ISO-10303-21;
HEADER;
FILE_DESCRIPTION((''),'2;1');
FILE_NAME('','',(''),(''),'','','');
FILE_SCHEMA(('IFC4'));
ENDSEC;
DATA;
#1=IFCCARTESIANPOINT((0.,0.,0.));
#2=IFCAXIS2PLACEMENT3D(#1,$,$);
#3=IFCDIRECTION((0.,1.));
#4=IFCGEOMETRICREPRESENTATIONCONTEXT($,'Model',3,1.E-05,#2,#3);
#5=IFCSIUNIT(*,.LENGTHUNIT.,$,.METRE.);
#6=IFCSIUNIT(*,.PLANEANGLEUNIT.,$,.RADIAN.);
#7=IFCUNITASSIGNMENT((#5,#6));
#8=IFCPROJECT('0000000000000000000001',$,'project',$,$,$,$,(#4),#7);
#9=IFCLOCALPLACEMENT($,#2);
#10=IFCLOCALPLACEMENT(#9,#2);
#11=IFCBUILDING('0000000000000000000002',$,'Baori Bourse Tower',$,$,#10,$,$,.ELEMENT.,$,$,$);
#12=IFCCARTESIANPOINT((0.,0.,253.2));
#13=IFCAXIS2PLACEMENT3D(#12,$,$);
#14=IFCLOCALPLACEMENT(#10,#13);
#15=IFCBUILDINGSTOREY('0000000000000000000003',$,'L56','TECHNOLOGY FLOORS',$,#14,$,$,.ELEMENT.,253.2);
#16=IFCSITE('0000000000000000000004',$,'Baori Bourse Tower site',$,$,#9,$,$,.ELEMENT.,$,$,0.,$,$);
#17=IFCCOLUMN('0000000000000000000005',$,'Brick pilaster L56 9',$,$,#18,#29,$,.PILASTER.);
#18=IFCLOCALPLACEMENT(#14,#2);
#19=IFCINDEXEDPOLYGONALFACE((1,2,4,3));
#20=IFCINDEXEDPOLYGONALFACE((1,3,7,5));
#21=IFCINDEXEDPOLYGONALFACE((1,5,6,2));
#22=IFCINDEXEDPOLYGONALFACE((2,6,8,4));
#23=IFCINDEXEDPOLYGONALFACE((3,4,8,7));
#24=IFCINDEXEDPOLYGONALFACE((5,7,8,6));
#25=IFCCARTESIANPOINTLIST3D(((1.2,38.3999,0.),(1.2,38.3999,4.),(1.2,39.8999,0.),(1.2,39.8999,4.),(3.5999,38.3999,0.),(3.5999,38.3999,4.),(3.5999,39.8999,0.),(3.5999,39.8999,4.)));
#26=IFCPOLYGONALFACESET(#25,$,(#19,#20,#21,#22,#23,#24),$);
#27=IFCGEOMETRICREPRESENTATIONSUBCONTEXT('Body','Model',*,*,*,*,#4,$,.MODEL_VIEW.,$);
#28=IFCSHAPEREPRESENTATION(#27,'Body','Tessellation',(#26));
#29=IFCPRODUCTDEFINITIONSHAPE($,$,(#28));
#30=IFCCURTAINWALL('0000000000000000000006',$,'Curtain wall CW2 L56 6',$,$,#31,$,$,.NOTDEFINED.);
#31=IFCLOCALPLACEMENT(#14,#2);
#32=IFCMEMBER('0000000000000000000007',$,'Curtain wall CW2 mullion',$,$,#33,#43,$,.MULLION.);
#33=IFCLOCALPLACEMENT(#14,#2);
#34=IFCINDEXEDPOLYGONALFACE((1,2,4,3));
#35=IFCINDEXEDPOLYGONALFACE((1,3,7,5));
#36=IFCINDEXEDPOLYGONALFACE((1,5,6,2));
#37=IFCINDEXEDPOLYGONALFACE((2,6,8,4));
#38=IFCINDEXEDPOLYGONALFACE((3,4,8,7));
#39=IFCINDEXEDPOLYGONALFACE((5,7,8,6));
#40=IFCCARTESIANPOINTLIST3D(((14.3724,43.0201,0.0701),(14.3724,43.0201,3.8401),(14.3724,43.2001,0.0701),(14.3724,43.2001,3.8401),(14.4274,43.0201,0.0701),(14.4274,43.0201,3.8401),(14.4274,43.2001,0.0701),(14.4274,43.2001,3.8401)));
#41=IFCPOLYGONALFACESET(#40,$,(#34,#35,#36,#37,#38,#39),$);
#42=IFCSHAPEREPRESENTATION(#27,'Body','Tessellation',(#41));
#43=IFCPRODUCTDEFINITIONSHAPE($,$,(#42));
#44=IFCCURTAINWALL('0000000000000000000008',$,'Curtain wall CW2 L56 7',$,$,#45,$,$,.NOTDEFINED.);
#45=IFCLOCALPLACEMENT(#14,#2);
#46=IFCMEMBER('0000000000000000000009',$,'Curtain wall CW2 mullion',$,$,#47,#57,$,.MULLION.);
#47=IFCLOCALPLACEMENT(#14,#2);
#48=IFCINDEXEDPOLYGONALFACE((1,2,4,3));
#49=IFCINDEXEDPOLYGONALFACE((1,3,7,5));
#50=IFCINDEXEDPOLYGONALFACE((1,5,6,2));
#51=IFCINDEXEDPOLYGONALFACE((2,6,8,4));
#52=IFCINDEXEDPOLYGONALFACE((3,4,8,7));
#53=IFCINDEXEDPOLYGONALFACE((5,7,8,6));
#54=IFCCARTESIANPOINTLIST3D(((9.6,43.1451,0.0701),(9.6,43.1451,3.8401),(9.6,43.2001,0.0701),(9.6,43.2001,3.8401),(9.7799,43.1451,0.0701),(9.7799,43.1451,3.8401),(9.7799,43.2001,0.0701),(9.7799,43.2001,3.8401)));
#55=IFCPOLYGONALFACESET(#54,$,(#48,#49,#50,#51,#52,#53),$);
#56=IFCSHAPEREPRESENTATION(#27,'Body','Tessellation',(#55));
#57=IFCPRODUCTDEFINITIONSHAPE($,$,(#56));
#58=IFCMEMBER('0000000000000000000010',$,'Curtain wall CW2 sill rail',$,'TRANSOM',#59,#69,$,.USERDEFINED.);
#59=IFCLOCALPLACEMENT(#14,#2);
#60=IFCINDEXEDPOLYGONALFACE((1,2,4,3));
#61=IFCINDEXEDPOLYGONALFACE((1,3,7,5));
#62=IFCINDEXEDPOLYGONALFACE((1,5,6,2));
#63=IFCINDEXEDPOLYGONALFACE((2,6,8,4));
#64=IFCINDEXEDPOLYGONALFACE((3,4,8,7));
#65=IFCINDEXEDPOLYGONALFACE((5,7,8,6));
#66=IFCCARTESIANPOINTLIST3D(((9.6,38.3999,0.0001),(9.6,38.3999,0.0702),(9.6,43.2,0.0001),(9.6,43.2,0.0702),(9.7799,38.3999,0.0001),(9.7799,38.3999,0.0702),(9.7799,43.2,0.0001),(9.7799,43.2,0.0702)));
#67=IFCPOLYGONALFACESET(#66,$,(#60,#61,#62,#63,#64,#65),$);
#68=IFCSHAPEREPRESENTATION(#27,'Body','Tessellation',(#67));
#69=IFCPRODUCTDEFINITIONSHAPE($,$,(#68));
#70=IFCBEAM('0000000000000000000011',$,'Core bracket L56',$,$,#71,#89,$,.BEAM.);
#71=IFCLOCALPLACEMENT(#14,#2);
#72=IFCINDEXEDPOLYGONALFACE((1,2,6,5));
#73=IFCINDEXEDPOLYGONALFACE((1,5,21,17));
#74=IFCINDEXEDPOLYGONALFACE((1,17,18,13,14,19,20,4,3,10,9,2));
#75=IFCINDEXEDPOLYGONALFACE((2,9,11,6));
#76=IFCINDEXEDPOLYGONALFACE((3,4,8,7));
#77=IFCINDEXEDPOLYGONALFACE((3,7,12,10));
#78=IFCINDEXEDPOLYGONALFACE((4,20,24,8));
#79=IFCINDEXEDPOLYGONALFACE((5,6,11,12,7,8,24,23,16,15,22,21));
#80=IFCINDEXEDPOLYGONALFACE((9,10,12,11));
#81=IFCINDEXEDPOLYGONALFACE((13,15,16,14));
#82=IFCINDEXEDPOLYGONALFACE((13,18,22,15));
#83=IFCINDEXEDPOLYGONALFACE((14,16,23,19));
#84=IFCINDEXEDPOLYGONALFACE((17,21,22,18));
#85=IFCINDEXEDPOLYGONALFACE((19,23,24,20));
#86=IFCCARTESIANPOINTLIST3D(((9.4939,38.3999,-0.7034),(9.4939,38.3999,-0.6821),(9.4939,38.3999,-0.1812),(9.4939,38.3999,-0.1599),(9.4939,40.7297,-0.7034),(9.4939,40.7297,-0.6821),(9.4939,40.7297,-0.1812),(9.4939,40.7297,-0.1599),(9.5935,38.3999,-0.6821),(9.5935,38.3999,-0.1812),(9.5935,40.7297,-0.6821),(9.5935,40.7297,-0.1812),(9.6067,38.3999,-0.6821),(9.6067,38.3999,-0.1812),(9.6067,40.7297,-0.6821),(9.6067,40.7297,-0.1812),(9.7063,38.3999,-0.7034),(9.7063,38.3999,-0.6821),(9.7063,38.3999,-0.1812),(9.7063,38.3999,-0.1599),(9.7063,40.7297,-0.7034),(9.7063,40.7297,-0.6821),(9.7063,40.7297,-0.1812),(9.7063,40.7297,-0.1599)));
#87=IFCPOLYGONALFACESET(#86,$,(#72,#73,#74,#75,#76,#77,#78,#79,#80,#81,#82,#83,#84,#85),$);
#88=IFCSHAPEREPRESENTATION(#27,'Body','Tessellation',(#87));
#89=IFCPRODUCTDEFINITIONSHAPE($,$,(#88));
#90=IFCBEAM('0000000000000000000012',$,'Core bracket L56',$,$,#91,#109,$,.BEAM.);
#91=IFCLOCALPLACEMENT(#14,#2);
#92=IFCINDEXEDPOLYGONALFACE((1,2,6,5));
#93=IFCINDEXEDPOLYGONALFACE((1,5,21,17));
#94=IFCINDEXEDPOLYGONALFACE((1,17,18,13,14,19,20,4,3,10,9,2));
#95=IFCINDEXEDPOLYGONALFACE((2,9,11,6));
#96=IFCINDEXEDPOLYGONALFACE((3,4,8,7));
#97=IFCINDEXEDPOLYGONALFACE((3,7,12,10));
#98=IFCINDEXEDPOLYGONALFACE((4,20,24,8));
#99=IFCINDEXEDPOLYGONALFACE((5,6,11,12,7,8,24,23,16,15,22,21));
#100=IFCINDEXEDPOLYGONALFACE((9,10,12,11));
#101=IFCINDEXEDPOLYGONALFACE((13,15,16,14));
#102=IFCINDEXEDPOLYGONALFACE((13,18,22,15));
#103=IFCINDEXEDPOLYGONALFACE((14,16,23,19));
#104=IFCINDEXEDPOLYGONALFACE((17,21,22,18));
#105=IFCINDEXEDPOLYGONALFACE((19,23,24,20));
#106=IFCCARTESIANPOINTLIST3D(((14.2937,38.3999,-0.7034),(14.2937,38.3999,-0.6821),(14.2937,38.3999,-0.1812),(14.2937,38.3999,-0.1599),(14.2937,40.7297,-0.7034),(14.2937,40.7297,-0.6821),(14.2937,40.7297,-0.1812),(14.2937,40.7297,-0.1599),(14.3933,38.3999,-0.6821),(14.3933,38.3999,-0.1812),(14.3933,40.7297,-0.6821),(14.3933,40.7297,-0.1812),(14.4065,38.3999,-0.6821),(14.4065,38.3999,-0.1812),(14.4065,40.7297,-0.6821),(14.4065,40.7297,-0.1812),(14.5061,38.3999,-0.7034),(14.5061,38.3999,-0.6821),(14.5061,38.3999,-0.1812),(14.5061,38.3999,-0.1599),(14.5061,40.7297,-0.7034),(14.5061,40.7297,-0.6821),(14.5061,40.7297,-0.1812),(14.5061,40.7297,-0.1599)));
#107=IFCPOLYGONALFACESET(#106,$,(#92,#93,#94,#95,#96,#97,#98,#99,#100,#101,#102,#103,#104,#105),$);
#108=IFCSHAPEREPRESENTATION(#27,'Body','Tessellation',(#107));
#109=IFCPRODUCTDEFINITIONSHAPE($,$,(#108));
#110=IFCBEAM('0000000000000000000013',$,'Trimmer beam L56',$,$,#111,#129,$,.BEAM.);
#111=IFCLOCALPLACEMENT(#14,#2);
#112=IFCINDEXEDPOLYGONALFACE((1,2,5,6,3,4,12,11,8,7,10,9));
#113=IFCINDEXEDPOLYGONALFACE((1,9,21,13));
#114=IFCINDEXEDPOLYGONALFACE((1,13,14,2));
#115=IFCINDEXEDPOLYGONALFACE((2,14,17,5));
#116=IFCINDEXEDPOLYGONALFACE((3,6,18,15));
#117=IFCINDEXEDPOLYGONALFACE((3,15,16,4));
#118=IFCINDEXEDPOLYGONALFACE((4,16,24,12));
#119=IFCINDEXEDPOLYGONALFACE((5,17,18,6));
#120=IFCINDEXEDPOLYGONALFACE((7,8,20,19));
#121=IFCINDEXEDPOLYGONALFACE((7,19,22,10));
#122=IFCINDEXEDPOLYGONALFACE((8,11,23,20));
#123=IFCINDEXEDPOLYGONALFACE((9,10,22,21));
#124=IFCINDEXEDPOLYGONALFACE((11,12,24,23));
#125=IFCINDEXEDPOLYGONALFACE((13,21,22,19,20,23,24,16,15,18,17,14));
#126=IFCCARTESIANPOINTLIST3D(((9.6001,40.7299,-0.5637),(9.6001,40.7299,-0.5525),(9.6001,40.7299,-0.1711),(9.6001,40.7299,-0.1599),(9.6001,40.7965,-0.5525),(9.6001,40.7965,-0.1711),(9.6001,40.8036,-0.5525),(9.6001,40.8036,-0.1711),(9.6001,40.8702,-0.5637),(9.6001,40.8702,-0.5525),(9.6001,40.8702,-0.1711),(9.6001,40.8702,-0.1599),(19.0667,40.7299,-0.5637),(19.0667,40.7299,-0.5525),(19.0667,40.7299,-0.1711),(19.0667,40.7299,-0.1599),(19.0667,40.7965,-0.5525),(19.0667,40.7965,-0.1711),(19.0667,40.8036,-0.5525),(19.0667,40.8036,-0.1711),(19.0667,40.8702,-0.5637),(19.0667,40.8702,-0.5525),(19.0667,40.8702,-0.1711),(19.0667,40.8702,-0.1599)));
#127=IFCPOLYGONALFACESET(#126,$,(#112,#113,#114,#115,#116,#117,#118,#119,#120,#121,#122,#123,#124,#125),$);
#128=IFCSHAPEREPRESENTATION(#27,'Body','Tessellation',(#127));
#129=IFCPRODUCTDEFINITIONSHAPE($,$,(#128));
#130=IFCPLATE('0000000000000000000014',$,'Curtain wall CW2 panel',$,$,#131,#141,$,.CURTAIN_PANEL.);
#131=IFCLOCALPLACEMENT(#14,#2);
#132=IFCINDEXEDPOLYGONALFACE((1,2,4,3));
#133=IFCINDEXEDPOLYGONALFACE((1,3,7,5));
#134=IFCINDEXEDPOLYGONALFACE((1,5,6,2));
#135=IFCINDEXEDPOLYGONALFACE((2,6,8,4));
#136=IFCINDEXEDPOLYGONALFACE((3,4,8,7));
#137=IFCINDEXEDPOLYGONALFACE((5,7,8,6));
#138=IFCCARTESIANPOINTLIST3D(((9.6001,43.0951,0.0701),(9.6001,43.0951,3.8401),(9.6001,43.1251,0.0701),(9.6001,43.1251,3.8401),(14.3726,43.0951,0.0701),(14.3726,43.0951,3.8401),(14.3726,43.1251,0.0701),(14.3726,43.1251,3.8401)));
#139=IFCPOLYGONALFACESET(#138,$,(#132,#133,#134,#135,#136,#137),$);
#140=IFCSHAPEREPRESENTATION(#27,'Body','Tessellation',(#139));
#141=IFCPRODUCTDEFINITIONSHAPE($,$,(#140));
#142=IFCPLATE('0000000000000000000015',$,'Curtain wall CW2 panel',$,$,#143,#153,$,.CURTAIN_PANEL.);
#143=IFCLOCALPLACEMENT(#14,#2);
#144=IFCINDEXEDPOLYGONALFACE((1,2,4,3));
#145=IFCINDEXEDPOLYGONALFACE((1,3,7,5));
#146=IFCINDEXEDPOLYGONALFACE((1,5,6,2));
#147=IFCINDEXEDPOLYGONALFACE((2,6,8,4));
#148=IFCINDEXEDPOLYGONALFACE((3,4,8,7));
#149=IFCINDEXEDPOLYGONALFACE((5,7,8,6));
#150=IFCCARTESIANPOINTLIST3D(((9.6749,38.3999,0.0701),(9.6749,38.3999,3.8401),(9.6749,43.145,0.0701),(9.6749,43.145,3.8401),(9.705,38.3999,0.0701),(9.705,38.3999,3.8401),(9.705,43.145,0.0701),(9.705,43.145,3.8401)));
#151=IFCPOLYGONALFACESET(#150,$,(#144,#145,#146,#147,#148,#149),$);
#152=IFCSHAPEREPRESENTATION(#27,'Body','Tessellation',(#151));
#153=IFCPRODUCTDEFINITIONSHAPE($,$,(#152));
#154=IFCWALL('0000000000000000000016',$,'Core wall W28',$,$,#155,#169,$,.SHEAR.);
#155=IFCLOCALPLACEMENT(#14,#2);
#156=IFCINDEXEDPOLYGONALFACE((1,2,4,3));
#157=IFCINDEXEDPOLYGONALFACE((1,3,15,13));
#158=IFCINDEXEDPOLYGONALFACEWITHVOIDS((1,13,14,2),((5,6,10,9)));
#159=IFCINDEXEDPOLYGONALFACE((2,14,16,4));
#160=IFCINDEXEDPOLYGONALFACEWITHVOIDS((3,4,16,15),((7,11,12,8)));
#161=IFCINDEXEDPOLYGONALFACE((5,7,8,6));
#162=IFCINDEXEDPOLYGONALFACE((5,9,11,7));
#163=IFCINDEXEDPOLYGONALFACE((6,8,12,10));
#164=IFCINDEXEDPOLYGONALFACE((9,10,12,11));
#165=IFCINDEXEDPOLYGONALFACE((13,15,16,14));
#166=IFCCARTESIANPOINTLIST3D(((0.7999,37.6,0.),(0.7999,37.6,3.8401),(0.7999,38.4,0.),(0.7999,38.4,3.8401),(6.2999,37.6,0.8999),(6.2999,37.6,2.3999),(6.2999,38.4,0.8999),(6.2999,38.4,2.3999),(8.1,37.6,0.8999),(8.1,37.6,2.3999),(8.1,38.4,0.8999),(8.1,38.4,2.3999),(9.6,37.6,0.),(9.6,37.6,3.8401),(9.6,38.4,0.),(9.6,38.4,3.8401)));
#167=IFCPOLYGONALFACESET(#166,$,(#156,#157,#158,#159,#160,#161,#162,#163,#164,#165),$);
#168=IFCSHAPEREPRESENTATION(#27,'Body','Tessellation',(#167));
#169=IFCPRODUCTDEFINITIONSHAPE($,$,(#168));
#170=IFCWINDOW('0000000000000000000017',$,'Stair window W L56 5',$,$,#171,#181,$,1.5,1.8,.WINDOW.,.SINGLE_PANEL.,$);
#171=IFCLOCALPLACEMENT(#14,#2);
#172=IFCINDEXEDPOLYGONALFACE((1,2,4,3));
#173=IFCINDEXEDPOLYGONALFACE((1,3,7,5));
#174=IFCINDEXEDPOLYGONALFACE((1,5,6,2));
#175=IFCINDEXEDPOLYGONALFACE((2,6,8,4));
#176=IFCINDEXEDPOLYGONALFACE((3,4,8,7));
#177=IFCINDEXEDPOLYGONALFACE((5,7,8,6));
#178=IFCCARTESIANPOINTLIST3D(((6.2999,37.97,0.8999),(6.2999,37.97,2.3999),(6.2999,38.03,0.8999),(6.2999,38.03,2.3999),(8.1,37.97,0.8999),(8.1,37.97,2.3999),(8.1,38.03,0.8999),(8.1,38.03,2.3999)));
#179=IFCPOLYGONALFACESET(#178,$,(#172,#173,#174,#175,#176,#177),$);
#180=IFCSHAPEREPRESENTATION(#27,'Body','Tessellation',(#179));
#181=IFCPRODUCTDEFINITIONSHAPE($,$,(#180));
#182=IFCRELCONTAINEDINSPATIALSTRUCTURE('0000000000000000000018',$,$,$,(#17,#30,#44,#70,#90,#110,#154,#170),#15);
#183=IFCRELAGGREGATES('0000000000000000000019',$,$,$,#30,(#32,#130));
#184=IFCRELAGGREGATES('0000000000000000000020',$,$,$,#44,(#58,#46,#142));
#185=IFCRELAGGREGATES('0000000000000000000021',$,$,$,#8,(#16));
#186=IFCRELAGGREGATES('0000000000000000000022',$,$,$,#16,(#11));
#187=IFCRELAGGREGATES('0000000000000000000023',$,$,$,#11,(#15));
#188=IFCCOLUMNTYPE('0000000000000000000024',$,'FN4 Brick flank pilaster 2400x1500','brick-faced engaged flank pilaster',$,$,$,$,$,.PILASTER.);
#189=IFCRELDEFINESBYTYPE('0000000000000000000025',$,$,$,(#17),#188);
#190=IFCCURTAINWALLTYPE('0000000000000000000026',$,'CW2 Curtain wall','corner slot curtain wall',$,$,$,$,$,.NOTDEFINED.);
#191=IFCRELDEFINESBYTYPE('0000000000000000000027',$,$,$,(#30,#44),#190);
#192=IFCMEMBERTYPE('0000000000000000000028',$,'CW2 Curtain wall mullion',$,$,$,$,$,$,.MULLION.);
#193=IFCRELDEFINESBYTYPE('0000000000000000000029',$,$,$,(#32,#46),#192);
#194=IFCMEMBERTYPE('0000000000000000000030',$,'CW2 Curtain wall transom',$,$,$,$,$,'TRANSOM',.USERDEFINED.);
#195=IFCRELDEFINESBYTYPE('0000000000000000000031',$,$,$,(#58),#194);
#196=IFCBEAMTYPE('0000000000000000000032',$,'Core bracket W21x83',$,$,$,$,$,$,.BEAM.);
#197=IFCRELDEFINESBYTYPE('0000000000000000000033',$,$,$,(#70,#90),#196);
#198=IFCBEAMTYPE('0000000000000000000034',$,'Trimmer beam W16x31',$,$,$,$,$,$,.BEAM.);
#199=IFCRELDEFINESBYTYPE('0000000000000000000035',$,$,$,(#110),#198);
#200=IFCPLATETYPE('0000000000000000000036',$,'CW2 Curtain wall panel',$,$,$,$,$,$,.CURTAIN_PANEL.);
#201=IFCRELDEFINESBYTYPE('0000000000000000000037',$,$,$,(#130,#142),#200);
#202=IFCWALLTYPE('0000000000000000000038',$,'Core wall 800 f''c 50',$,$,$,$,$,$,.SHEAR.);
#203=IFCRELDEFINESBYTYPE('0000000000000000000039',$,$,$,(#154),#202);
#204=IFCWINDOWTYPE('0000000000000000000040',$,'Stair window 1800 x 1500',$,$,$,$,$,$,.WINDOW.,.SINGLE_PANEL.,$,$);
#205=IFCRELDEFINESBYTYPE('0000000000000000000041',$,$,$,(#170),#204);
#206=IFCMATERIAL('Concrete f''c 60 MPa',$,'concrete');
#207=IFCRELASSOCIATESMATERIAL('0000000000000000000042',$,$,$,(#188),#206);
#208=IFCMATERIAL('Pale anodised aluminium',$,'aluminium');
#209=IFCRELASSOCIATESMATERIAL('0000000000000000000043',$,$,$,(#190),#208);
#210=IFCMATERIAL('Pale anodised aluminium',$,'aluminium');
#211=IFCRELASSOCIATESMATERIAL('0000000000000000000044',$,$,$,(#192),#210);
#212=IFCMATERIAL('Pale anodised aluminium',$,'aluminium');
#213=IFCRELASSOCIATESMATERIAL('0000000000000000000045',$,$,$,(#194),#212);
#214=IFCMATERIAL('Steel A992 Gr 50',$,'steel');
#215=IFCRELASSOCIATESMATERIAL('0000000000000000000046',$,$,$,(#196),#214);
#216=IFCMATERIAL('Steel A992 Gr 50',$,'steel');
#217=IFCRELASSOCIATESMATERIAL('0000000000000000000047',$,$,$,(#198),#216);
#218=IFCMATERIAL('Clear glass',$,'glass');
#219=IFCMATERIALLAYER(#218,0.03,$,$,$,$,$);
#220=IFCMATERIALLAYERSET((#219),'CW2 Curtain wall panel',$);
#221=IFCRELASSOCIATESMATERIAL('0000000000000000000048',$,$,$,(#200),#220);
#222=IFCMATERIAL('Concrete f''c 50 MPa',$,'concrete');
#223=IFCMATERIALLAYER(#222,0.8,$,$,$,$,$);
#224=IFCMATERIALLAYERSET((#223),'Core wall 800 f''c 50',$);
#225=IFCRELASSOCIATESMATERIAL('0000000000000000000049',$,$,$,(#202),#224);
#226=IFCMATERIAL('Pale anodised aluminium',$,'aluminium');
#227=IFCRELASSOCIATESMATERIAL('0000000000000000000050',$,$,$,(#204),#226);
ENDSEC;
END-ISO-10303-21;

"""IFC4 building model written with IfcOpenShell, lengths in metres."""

from ifc_helpers import new_model, si_unit, direction, frame, frame_2d, origin, origin_2d, place, context, subcontext, project, spatial, rectangle, i_section, extrude, material, layer, layer_set, material_profile, profile_set, type_object, element, fill, aggregate, save


model = new_model("IFC4")

# Units and contexts
model_context = context("Model", 3, precision=1e-05, world=origin(), true_north=direction((0.0, 1.0)))
body_context = subcontext(model_context, "Body", "Model", "MODEL_VIEW")
ifc_project = project(units=[si_unit("LENGTHUNIT", "METRE"), si_unit("PLANEANGLEUNIT", "RADIAN")], contexts=[model_context])

# Site, building, storey
site_placement = place(None, origin())
site = spatial("IfcSite", under=ifc_project, at=site_placement, Name="Baori Bourse Tower site", CompositionType="ELEMENT", RefElevation=0.0)
building_placement = place(site_placement, origin())
building = spatial("IfcBuilding", under=site, at=building_placement, Name="Baori Bourse Tower", CompositionType="ELEMENT")
storey_placement = place(building_placement, frame((0.0, 0.0, 253.2)))
storey = spatial("IfcBuildingStorey", under=building, at=storey_placement, Name="L56", Description="TECHNOLOGY FLOORS", CompositionType="ELEMENT", Elevation=253.2)

# Column
ifc_material_1 = material(Name="Concrete f'c 60 MPa", Category="concrete")
ifc_material_profile_1 = material_profile(ifc_material_1, rectangle(XDim=2.3999, YDim=1.5, at=origin_2d()), Name="RC 2400x1500")
ifc_profile_set_1 = profile_set([ifc_material_profile_1], Name="Concrete f'c 60 MPa")
column_type = type_object("IfcColumnType", Name="FN4 Brick flank pilaster 2400x1500", Description="brick-faced engaged flank pilaster", PredefinedType="PILASTER", material=ifc_profile_set_1)
column_placement = place(storey_placement, frame((2.3999, 39.1499, 0.0), z_axis=(0.0, 0.0, 1.0), x_axis=(1.0, 0.0, 0.0)))
element("IfcColumn", 1, at=column_placement, inside=storey, type_object=column_type, Name="Brick pilaster L56 9", PredefinedType="PILASTER", context=body_context, shape_type="SweptSolid", body=[
    extrude(rectangle(XDim=2.3999, YDim=1.5, at=origin_2d()), origin(), (0.0, 0.0, 1.0), 4.0),
])

# Curtain wall, member
ifc_material_2 = material(Name="Pale anodised aluminium", Category="aluminium")
curtain_wall_type = type_object("IfcCurtainWallType", Name="CW2 Curtain wall", Description="corner slot curtain wall", PredefinedType="NOTDEFINED", material=ifc_material_2)
curtain_wall_1_placement = place(storey_placement, origin())
curtain_wall_1 = element("IfcCurtainWall", 2, at=curtain_wall_1_placement, inside=storey, type_object=curtain_wall_type, Name="Curtain wall CW2 L56 6", PredefinedType="NOTDEFINED")
ifc_material_3 = material(Name="Pale anodised aluminium", Category="aluminium")
ifc_material_profile_2 = material_profile(ifc_material_3, rectangle(XDim=0.1799, YDim=0.0549, at=origin_2d()), Name="Mullion 55x180")
ifc_profile_set_2 = profile_set([ifc_material_profile_2], Name="Pale anodised aluminium")
member_type_1 = type_object("IfcMemberType", Name="CW2 Curtain wall mullion", PredefinedType="MULLION", material=ifc_profile_set_2)
member_1_placement = place(storey_placement, frame((14.3999, 43.1101, 0.0701), z_axis=(0.0, 0.0, 1.0), x_axis=(0.0, -1.0, 0.0)))
member_1 = element("IfcMember", 3, at=member_1_placement, type_object=member_type_1, Name="Curtain wall CW2 mullion", PredefinedType="MULLION", context=body_context, shape_type="SweptSolid", body=[
    extrude(rectangle(XDim=0.1799, YDim=0.0549, at=origin_2d()), origin(), (0.0, 0.0, 1.0), 3.77),
])

# Curtain wall, members
curtain_wall_2_placement = place(storey_placement, origin())
curtain_wall_2 = element("IfcCurtainWall", 4, at=curtain_wall_2_placement, inside=storey, type_object=curtain_wall_type, Name="Curtain wall CW2 L56 7", PredefinedType="NOTDEFINED")
member_2_placement = place(storey_placement, frame((9.6899, 43.1726, 0.0701), z_axis=(0.0, 0.0, 1.0), x_axis=(1.0, 0.0, 0.0)))
member_2 = element("IfcMember", 5, at=member_2_placement, type_object=member_type_1, Name="Curtain wall CW2 mullion", PredefinedType="MULLION", context=body_context, shape_type="SweptSolid", body=[
    extrude(rectangle(XDim=0.1799, YDim=0.0549, at=origin_2d()), origin(), (0.0, 0.0, 1.0), 3.77),
])
ifc_material_4 = material(Name="Pale anodised aluminium", Category="aluminium")
ifc_material_profile_3 = material_profile(ifc_material_4, rectangle(XDim=0.1799, YDim=0.0701, at=origin_2d()), Name="Transom 70x180")
ifc_profile_set_3 = profile_set([ifc_material_profile_3], Name="Pale anodised aluminium")
member_type_2 = type_object("IfcMemberType", Name="CW2 Curtain wall transom", ElementType="TRANSOM", PredefinedType="USERDEFINED", material=ifc_profile_set_3)
member_3_placement = place(storey_placement, frame((9.6899, 43.2, 0.0352), z_axis=(0.0, -1.0, 0.0), x_axis=(1.0, 0.0, 0.0)))
member_3 = element("IfcMember", 6, at=member_3_placement, type_object=member_type_2, Name="Curtain wall CW2 sill rail", ObjectType="TRANSOM", PredefinedType="USERDEFINED", context=body_context, shape_type="SweptSolid", body=[
    extrude(rectangle(XDim=0.1799, YDim=0.0701, at=origin_2d()), origin(), (0.0, 0.0, 1.0), 4.8),
])

# Beams
ifc_material_5 = material(Name="Steel A992 Gr 50", Category="steel")
ifc_material_profile_4 = material_profile(ifc_material_5, i_section(OverallWidth=0.2124, OverallDepth=0.5435, WebThickness=0.0132, FlangeThickness=0.0212, at=origin_2d()), Name="W21x83")
ifc_profile_set_4 = profile_set([ifc_material_profile_4], Name="Steel A992 Gr 50")
beam_type_1 = type_object("IfcBeamType", Name="Core bracket W21x83", PredefinedType="BEAM", material=ifc_profile_set_4)
for number, where, z_axis, x_axis, name in (
    (7, (9.6001, 38.3999, -0.4316), (0.0, 1.0, 0.0), (-1.0, 0.0, 0.0), "Core bracket L56"),
    (8, (14.3999, 38.3999, -0.4316), (0.0, 1.0, 0.0), (-1.0, 0.0, 0.0), "Core bracket L56"),
):
    element("IfcBeam", number, at=place(storey_placement, frame(where, z_axis=z_axis, x_axis=x_axis)), inside=storey, type_object=beam_type_1, Name=name, PredefinedType="BEAM", context=body_context, shape_type="SweptSolid", body=[
        extrude(i_section(OverallWidth=0.2124, OverallDepth=0.5435, WebThickness=0.0132, FlangeThickness=0.0212, at=origin_2d()), origin(), (0.0, 0.0, 1.0), 2.3298),
    ])
ifc_material_6 = material(Name="Steel A992 Gr 50", Category="steel")
ifc_material_profile_5 = material_profile(ifc_material_6, i_section(OverallWidth=0.1404, OverallDepth=0.4038, WebThickness=0.0071, FlangeThickness=0.0112, at=origin_2d()), Name="W16x31")
ifc_profile_set_5 = profile_set([ifc_material_profile_5], Name="Steel A992 Gr 50")
beam_type_2 = type_object("IfcBeamType", Name="Trimmer beam W16x31", PredefinedType="BEAM", material=ifc_profile_set_5)
beam_placement = place(storey_placement, frame((9.6001, 40.8, -0.3618), z_axis=(1.0, 0.0, 0.0), x_axis=(0.0, 1.0, 0.0)))
element("IfcBeam", 9, at=beam_placement, inside=storey, type_object=beam_type_2, Name="Trimmer beam L56", PredefinedType="BEAM", context=body_context, shape_type="SweptSolid", body=[
    extrude(i_section(OverallWidth=0.1404, OverallDepth=0.4038, WebThickness=0.0071, FlangeThickness=0.0112, at=origin_2d()), origin(), (0.0, 0.0, 1.0), 9.4666),
])

# Plates
ifc_material_7 = material(Name="Clear glass", Category="glass")
ifc_layer_1 = layer(ifc_material_7, 0.03)
ifc_layer_set_1 = layer_set([ifc_layer_1], Name="CW2 Curtain wall panel")
plate_type = type_object("IfcPlateType", Name="CW2 Curtain wall panel", PredefinedType="CURTAIN_PANEL", material=ifc_layer_set_1)
plate_1_placement = place(storey_placement, frame((11.9863, 43.1101, 0.0701), z_axis=(0.0, 0.0, 1.0), x_axis=(-1.0, 0.0, 0.0)))
plate_1 = element("IfcPlate", 10, at=plate_1_placement, type_object=plate_type, Name="Curtain wall CW2 panel", PredefinedType="CURTAIN_PANEL", context=body_context, shape_type="SweptSolid", body=[
    extrude(rectangle(XDim=4.7725, YDim=0.03, at=origin_2d()), origin(), (0.0, 0.0, 1.0), 3.77),
])
aggregate(curtain_wall_1, [member_1, plate_1])
plate_2_placement = place(storey_placement, frame((9.6899, 40.7725, 0.0701), z_axis=(0.0, 0.0, 1.0), x_axis=(0.0, -1.0, 0.0)))
plate_2 = element("IfcPlate", 11, at=plate_2_placement, type_object=plate_type, Name="Curtain wall CW2 panel", PredefinedType="CURTAIN_PANEL", context=body_context, shape_type="SweptSolid", body=[
    extrude(rectangle(XDim=4.7451, YDim=0.03, at=origin_2d()), origin(), (0.0, 0.0, 1.0), 3.77),
])
aggregate(curtain_wall_2, [member_3, member_2, plate_2])

# Wall, opening, window
ifc_material_8 = material(Name="Concrete f'c 50 MPa", Category="concrete")
ifc_layer_2 = layer(ifc_material_8, 0.8)
ifc_layer_set_2 = layer_set([ifc_layer_2], Name="Core wall 800 f'c 50")
wall_type_1 = type_object("IfcWallType", Name="Core wall 800 f'c 50", PredefinedType="SHEAR", material=ifc_layer_set_2)
wall_1_placement = place(storey_placement, frame((0.8, 38.0, 0.0), z_axis=(0.0, 0.0, 1.0), x_axis=(1.0, 0.0, 0.0)))
wall_1 = element("IfcWall", 12, at=wall_1_placement, inside=storey, type_object=wall_type_1, Name="Core wall W28", PredefinedType="SHEAR", context=body_context, shape_type="SweptSolid", body=[
    extrude(rectangle(XDim=8.8, YDim=0.8, at=frame_2d((4.3999, 0.0))), origin(), (0.0, 0.0, 1.0), 3.8401),
])
opening_1_placement = place(wall_1_placement, frame((5.5, 0.0, 0.8999)))
opening_1 = element("IfcOpeningElement", 13, at=opening_1_placement, cuts=wall_1, PredefinedType="OPENING", context=body_context, shape_type="SweptSolid", body=[
    extrude(rectangle(XDim=1.8, YDim=1.5, at=frame_2d((0.8999, 0.75))), frame((0.0, 0.4099, 0.0), z_axis=(0.0, -1.0, 0.0), x_axis=(1.0, 0.0, 0.0)), (0.0, 0.0, 1.0), 0.8201),
])
ifc_material_9 = material(Name="Pale anodised aluminium", Category="aluminium")
window_type = type_object("IfcWindowType", Name="Stair window 1800 x 1500", PartitioningType="SINGLE_PANEL", PredefinedType="WINDOW", material=ifc_material_9)
window_placement = place(opening_1_placement, origin())
window = element("IfcWindow", 14, at=window_placement, inside=storey, type_object=window_type, Name="Stair window W L56 5", OverallHeight=1.5, OverallWidth=1.8, PartitioningType="SINGLE_PANEL", PredefinedType="WINDOW", context=body_context, shape_type="SweptSolid", body=[
    extrude(rectangle(XDim=1.8, YDim=1.5, at=frame_2d((0.8999, 0.75))), frame((0.0, 0.03, 0.0), z_axis=(0.0, -1.0, 0.0), x_axis=(1.0, 0.0, 0.0)), (0.0, 0.0, 1.0), 0.0601),
])
fill(opening_1, window)

save(model, "model.ifc")
